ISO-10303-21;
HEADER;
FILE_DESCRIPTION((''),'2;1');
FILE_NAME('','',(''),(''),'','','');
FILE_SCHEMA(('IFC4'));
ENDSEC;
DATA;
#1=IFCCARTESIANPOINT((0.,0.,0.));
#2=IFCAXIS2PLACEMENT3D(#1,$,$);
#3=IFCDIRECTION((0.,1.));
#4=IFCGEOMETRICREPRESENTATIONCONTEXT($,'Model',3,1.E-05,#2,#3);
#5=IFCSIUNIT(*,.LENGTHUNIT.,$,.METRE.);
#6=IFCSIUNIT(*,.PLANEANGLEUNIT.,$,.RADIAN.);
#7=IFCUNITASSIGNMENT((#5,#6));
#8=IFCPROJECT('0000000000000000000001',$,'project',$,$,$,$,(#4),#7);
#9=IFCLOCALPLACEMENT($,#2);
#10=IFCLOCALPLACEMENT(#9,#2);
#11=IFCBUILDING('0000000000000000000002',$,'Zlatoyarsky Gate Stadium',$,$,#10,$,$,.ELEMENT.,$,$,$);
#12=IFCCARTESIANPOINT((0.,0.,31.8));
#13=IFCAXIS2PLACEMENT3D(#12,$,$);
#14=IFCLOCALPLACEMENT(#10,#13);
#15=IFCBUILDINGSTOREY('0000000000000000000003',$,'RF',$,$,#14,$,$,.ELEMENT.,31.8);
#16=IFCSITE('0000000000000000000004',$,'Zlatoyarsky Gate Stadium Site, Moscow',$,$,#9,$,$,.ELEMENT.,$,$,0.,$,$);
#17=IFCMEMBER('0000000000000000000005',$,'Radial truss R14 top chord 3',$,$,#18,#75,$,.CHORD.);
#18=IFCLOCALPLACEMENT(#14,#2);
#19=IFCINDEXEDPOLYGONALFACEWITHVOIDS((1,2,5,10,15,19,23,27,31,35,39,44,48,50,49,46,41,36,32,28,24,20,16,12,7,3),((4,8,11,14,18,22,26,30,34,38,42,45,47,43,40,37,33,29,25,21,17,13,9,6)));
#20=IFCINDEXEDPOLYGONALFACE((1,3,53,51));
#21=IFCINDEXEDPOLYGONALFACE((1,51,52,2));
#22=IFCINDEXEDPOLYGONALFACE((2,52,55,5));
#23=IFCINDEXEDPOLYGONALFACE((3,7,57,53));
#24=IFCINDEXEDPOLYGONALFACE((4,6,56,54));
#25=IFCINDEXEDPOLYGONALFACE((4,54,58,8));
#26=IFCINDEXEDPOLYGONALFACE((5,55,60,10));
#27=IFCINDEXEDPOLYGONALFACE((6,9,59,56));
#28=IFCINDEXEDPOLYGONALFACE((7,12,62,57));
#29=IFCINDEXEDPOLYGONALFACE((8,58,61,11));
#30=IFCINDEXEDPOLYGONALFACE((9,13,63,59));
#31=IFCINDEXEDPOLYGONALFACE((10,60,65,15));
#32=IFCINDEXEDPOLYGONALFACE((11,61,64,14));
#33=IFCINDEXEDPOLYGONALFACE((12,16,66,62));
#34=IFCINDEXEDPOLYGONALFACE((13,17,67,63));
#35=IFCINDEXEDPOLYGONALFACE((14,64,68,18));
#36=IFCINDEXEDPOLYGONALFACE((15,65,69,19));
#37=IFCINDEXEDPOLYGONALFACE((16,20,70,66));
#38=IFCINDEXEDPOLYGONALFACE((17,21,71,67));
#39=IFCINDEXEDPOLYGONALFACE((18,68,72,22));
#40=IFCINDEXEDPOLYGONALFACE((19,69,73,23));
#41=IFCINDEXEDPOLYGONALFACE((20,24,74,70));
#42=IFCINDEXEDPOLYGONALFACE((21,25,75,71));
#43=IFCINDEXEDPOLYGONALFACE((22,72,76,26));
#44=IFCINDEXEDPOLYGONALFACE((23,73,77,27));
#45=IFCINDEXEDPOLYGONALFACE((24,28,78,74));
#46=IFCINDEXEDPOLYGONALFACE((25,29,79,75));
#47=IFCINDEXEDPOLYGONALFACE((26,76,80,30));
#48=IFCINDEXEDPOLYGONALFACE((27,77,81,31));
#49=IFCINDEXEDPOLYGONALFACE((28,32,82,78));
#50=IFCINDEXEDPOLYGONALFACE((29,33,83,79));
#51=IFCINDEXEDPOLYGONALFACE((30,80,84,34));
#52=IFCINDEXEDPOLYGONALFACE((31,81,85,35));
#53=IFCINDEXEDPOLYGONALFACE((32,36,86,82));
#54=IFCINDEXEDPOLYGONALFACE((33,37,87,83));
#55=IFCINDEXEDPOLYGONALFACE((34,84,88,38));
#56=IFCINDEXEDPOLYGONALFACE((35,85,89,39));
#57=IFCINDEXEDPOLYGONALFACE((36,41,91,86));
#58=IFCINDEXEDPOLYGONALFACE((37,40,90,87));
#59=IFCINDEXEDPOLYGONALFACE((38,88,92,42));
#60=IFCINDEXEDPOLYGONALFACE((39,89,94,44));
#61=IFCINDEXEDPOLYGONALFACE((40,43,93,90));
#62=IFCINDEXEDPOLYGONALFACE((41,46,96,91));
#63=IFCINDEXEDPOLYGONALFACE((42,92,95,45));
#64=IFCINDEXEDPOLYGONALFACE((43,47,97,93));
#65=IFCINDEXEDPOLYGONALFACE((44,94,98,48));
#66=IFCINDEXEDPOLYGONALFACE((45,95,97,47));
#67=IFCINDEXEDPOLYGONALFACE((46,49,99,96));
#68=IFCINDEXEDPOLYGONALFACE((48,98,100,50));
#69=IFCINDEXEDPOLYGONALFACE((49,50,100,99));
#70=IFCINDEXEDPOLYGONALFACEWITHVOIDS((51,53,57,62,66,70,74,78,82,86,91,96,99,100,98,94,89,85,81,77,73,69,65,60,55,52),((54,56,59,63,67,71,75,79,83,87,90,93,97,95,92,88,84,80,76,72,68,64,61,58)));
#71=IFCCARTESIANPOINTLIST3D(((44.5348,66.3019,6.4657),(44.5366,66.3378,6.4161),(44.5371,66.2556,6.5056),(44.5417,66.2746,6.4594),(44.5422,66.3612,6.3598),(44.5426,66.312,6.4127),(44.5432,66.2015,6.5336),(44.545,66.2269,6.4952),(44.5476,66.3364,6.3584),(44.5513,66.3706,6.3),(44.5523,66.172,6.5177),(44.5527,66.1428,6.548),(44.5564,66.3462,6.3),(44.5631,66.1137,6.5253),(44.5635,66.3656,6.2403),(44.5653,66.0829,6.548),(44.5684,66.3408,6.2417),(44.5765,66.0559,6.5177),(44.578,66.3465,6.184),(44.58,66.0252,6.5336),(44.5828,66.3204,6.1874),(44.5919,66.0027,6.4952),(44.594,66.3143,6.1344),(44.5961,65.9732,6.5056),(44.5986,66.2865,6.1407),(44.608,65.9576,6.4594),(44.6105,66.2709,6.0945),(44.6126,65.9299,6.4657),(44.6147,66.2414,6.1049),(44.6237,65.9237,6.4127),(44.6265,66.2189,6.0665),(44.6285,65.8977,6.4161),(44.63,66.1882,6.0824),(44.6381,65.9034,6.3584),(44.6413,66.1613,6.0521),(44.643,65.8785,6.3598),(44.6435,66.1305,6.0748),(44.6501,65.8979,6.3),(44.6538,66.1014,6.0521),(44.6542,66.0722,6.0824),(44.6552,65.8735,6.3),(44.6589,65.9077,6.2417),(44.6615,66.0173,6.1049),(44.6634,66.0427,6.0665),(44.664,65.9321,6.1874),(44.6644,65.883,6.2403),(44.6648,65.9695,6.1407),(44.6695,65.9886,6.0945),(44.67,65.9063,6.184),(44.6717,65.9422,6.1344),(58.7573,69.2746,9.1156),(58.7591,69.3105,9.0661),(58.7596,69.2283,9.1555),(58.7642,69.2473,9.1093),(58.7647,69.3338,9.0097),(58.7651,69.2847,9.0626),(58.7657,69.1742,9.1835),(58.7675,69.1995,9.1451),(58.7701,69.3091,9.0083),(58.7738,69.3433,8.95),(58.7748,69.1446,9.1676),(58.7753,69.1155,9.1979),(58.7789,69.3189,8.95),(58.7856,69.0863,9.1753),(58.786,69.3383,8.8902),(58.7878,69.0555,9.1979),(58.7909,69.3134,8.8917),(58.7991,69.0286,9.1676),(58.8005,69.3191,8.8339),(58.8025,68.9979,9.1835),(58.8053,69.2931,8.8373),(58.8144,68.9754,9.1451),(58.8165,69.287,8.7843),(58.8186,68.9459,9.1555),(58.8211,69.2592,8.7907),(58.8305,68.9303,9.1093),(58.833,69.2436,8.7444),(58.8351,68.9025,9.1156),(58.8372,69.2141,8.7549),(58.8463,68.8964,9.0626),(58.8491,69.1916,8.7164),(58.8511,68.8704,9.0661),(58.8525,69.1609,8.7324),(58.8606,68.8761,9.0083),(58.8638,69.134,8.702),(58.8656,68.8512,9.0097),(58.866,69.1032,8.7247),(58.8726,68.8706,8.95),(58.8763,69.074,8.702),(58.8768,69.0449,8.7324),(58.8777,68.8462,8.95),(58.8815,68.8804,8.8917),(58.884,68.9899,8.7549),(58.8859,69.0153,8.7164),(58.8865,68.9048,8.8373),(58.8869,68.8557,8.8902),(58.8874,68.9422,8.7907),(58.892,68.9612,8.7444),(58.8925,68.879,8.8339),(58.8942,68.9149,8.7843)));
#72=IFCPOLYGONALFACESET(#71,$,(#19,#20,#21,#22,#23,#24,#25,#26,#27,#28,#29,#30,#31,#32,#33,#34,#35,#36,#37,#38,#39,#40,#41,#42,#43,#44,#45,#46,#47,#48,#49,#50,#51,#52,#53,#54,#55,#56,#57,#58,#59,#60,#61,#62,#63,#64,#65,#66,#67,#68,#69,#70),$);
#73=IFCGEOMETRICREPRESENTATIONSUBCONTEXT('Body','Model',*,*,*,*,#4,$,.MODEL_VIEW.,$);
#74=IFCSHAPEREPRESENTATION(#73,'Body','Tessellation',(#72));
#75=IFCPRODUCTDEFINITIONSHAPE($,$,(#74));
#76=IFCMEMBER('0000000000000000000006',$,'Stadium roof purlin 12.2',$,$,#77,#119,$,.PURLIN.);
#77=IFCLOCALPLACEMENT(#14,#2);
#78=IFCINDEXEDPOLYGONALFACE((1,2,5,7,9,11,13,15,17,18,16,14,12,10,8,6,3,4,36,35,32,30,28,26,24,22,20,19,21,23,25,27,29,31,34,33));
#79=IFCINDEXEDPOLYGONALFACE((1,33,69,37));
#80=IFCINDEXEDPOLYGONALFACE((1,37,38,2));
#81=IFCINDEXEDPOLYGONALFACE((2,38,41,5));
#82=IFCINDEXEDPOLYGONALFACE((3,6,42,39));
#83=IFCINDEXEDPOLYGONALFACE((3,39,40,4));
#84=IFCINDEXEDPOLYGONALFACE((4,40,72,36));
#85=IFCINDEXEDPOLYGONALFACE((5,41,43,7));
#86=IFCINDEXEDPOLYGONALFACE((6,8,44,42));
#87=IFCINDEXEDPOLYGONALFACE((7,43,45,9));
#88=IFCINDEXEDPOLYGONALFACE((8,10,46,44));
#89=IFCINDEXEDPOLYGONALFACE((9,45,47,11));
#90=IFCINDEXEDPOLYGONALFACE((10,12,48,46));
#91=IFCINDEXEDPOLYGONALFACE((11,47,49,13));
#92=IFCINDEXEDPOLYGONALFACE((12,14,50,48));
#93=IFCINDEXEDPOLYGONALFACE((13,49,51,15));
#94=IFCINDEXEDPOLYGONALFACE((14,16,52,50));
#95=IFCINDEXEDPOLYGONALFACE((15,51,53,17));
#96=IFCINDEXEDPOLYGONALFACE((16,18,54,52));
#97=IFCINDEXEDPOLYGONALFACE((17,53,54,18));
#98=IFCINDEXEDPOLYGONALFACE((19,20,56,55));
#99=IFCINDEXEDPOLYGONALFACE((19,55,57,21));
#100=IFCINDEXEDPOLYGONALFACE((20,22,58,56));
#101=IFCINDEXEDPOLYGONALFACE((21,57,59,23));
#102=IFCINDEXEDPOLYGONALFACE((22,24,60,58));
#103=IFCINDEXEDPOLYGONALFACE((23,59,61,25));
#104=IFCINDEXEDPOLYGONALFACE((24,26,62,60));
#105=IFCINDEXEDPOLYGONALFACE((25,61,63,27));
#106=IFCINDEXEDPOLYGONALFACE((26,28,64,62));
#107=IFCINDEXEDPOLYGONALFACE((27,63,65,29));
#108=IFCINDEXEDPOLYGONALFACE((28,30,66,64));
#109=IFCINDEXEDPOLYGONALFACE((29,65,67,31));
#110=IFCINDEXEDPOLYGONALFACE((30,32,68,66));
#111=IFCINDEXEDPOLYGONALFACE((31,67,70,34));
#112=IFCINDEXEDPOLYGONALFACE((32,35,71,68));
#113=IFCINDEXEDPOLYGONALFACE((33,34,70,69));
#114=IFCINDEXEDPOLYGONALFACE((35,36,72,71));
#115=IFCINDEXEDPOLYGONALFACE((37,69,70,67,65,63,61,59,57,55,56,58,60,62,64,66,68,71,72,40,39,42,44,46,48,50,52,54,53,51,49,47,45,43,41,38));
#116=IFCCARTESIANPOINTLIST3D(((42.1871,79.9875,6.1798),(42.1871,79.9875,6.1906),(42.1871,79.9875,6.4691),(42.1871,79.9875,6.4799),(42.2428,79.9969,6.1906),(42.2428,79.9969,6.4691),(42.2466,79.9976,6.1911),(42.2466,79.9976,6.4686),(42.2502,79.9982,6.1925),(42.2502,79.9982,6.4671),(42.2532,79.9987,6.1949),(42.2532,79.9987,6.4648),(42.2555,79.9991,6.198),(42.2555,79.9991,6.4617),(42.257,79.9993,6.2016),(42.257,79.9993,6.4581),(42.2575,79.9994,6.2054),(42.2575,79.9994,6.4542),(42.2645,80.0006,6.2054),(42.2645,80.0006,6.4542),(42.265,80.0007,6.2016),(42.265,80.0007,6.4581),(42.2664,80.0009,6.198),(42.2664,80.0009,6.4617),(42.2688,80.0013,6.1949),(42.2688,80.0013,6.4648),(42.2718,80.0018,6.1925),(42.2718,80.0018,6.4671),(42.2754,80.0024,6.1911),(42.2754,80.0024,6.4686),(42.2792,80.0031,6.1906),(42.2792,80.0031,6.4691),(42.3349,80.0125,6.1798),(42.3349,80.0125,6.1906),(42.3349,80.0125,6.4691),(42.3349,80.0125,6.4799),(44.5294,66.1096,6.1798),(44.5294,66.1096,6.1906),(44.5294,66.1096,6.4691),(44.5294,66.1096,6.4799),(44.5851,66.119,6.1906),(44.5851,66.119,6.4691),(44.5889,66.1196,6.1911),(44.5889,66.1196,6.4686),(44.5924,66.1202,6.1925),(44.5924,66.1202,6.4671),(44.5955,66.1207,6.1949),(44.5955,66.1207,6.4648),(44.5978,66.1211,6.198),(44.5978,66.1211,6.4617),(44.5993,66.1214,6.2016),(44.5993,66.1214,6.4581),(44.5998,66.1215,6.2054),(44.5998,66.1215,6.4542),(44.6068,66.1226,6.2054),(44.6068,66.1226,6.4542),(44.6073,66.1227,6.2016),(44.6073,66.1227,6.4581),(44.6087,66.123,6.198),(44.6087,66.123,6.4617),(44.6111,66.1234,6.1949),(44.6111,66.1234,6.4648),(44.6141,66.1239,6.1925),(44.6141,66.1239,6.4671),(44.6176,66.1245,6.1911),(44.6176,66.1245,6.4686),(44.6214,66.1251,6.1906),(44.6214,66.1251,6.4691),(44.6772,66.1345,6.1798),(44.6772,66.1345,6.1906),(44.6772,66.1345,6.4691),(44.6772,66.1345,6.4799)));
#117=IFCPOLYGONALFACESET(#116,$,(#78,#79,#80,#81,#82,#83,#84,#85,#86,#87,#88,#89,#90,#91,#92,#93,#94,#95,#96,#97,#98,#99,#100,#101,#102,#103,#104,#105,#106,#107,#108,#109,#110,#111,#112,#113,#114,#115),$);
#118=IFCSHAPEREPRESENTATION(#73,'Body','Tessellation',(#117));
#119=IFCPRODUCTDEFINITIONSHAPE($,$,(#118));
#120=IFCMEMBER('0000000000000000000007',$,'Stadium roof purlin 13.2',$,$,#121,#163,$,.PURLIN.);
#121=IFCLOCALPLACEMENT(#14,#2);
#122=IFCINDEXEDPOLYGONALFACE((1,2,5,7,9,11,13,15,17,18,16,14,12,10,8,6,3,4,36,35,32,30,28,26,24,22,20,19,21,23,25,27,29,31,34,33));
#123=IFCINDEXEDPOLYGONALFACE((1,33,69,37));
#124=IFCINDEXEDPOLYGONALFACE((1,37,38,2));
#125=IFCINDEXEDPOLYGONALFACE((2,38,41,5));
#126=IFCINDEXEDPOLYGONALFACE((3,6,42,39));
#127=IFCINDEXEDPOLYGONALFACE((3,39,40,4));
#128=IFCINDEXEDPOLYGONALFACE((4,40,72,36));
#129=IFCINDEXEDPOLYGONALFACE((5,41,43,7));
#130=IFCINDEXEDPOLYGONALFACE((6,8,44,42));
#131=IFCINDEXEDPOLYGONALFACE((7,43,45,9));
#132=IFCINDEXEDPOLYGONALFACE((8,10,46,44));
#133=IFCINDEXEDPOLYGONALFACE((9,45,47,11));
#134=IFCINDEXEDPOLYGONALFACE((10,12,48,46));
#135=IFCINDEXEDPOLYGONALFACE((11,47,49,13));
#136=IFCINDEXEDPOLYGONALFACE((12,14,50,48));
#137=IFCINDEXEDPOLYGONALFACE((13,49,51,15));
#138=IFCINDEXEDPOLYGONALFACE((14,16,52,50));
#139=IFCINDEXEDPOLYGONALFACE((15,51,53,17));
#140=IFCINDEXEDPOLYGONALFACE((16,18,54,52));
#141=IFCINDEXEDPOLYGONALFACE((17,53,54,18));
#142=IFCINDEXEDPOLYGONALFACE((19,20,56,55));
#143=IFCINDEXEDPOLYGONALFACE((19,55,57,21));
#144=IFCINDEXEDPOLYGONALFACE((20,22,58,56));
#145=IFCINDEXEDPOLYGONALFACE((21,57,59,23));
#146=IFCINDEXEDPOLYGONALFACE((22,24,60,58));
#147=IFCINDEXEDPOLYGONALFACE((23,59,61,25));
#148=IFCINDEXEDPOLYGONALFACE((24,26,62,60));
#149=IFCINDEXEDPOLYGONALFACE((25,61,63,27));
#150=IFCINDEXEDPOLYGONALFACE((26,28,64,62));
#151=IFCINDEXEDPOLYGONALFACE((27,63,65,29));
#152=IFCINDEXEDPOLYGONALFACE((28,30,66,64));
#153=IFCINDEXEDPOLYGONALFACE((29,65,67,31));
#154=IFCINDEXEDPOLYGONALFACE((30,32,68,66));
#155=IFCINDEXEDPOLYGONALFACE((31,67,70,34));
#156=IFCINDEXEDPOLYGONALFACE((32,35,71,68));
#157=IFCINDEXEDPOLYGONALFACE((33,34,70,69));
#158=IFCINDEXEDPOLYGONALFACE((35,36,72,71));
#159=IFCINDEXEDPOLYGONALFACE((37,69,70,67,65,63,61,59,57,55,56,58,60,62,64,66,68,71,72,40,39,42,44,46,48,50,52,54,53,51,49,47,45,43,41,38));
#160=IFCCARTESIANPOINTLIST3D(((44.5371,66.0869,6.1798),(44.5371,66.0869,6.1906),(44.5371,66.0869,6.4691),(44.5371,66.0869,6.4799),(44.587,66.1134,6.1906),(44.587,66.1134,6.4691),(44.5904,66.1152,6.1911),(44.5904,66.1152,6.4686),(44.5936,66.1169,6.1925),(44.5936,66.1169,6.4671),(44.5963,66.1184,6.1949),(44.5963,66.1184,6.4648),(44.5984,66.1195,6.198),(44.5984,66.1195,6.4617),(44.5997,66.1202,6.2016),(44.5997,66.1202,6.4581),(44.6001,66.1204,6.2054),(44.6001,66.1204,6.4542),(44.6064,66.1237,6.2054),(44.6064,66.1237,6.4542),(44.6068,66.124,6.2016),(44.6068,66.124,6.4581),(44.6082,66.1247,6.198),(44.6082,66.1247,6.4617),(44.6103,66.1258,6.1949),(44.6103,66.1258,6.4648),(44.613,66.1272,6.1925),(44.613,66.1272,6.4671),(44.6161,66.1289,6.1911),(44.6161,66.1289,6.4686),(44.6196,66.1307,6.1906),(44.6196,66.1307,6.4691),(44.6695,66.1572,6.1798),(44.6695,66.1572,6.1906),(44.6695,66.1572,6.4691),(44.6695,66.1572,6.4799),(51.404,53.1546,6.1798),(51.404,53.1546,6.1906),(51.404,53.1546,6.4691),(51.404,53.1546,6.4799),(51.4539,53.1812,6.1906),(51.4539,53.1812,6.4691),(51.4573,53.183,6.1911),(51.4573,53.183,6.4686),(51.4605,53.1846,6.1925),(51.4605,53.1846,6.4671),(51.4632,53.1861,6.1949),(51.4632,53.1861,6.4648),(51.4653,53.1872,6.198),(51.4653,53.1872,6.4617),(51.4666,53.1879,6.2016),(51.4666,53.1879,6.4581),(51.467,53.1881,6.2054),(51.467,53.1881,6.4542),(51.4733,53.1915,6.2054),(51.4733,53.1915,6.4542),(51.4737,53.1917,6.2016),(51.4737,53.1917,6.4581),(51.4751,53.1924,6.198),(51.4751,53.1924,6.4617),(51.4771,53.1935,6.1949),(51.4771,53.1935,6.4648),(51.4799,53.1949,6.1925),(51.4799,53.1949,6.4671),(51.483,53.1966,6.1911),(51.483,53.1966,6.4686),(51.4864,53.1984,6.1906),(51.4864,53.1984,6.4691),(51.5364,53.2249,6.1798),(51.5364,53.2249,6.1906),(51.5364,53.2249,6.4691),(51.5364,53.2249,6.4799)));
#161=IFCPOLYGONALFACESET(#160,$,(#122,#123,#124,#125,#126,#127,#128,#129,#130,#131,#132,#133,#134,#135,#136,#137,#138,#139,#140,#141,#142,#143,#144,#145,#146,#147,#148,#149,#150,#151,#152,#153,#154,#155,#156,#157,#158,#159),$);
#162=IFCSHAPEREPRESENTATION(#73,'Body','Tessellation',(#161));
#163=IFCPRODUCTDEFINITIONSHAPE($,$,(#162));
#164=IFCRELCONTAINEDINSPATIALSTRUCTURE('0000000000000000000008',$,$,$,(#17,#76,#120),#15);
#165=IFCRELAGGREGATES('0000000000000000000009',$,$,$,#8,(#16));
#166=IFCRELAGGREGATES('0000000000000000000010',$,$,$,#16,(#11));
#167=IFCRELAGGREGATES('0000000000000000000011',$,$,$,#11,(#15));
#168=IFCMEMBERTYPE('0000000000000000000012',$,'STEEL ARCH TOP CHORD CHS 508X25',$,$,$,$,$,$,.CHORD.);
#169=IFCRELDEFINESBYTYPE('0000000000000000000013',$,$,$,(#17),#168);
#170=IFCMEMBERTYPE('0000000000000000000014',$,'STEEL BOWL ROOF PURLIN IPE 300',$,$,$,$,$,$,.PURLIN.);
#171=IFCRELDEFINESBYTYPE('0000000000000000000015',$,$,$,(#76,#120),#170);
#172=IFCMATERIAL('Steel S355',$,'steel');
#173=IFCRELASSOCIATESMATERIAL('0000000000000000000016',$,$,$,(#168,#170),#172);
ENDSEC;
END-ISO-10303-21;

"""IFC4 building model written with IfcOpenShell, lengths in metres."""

from ifc_helpers import new_model, si_unit, direction, frame, origin, origin_2d, place, context, subcontext, project, spatial, hollow_circle, i_section, extrude, material, material_profile, profile_set, type_object, element, save


model = new_model("IFC4")

# Units and contexts
model_context = context("Model", 3, precision=1e-05, world=origin(), true_north=direction((0.0, 1.0)))
body_context = subcontext(model_context, "Body", "Model", "MODEL_VIEW")
ifc_project = project(units=[si_unit("LENGTHUNIT", "METRE"), si_unit("PLANEANGLEUNIT", "RADIAN")], contexts=[model_context])

# Site, building, storey
site_placement = place(None, origin())
site = spatial("IfcSite", under=ifc_project, at=site_placement, Name="Zlatoyarsky Gate Stadium Site, Moscow", CompositionType="ELEMENT", RefElevation=0.0)
building_placement = place(site_placement, origin())
building = spatial("IfcBuilding", under=site, at=building_placement, Name="Zlatoyarsky Gate Stadium", CompositionType="ELEMENT")
storey_placement = place(building_placement, frame((0.0, 0.0, 31.8)))
storey = spatial("IfcBuildingStorey", under=building, at=storey_placement, Name="RF", CompositionType="ELEMENT", Elevation=31.8)

# Members
ifc_material_1 = material(Name="Steel S355", Category="steel")
ifc_material_profile_1 = material_profile(ifc_material_1, hollow_circle(Radius=0.2539, WallThickness=0.0249, at=origin_2d()), Name="CHS 508X25")
ifc_profile_set_1 = profile_set([ifc_material_profile_1], Name="Steel S355")
member_type_1 = type_object("IfcMemberType", Name="STEEL ARCH TOP CHORD CHS 508X25", PredefinedType="CHORD", material=ifc_profile_set_1)
member_1_placement = place(storey_placement, frame((44.6033, 66.1221, 6.3), z_axis=(0.962964, 0.201271, 0.179418), x_axis=(-0.204591, 0.978848, 0.0)))
element("IfcMember", 1, at=member_1_placement, inside=storey, type_object=member_type_1, Name="Radial truss R14 top chord 3", PredefinedType="CHORD", context=body_context, shape_type="SweptSolid", body=[
    extrude(hollow_circle(Radius=0.2539, WallThickness=0.0249, at=origin_2d()), origin(), (0.0, 0.0, 1.0), 14.7695),
])
ifc_material_profile_2 = material_profile(ifc_material_1, i_section(OverallWidth=0.1499, OverallDepth=0.3, WebThickness=0.0071, FlangeThickness=0.0107, FilletRadius=0.0149, at=origin_2d()), Name="IPE 300")
ifc_profile_set_2 = profile_set([ifc_material_profile_2], Name="Steel S355")
member_type_2 = type_object("IfcMemberType", Name="STEEL BOWL ROOF PURLIN IPE 300", PredefinedType="PURLIN", material=ifc_profile_set_2)
member_2_placement = place(storey_placement, frame((42.261, 80.0, 6.3298), z_axis=(0.166424, -0.986054, 0.0), x_axis=(0.986054, 0.166424, 0.0)))
element("IfcMember", 2, at=member_2_placement, inside=storey, type_object=member_type_2, Name="Stadium roof purlin 12.2", PredefinedType="PURLIN", context=body_context, shape_type="SweptSolid", body=[
    extrude(i_section(OverallWidth=0.1499, OverallDepth=0.3, WebThickness=0.0071, FlangeThickness=0.0107, FilletRadius=0.0149, at=origin_2d()), origin(), (0.0, 0.0, 1.0), 14.0742),
])
member_3_placement = place(storey_placement, frame((44.6033, 66.1221, 6.3298), z_axis=(0.468975, -0.883211, 0.0), x_axis=(0.883211, 0.468975, 0.0)))
element("IfcMember", 3, at=member_3_placement, inside=storey, type_object=member_type_2, Name="Stadium roof purlin 13.2", PredefinedType="PURLIN", context=body_context, shape_type="SweptSolid", body=[
    extrude(i_section(OverallWidth=0.1499, OverallDepth=0.3, WebThickness=0.0071, FlangeThickness=0.0107, FilletRadius=0.0149, at=origin_2d()), origin(), (0.0, 0.0, 1.0), 14.6423),
])

save(model, "model.ifc")
